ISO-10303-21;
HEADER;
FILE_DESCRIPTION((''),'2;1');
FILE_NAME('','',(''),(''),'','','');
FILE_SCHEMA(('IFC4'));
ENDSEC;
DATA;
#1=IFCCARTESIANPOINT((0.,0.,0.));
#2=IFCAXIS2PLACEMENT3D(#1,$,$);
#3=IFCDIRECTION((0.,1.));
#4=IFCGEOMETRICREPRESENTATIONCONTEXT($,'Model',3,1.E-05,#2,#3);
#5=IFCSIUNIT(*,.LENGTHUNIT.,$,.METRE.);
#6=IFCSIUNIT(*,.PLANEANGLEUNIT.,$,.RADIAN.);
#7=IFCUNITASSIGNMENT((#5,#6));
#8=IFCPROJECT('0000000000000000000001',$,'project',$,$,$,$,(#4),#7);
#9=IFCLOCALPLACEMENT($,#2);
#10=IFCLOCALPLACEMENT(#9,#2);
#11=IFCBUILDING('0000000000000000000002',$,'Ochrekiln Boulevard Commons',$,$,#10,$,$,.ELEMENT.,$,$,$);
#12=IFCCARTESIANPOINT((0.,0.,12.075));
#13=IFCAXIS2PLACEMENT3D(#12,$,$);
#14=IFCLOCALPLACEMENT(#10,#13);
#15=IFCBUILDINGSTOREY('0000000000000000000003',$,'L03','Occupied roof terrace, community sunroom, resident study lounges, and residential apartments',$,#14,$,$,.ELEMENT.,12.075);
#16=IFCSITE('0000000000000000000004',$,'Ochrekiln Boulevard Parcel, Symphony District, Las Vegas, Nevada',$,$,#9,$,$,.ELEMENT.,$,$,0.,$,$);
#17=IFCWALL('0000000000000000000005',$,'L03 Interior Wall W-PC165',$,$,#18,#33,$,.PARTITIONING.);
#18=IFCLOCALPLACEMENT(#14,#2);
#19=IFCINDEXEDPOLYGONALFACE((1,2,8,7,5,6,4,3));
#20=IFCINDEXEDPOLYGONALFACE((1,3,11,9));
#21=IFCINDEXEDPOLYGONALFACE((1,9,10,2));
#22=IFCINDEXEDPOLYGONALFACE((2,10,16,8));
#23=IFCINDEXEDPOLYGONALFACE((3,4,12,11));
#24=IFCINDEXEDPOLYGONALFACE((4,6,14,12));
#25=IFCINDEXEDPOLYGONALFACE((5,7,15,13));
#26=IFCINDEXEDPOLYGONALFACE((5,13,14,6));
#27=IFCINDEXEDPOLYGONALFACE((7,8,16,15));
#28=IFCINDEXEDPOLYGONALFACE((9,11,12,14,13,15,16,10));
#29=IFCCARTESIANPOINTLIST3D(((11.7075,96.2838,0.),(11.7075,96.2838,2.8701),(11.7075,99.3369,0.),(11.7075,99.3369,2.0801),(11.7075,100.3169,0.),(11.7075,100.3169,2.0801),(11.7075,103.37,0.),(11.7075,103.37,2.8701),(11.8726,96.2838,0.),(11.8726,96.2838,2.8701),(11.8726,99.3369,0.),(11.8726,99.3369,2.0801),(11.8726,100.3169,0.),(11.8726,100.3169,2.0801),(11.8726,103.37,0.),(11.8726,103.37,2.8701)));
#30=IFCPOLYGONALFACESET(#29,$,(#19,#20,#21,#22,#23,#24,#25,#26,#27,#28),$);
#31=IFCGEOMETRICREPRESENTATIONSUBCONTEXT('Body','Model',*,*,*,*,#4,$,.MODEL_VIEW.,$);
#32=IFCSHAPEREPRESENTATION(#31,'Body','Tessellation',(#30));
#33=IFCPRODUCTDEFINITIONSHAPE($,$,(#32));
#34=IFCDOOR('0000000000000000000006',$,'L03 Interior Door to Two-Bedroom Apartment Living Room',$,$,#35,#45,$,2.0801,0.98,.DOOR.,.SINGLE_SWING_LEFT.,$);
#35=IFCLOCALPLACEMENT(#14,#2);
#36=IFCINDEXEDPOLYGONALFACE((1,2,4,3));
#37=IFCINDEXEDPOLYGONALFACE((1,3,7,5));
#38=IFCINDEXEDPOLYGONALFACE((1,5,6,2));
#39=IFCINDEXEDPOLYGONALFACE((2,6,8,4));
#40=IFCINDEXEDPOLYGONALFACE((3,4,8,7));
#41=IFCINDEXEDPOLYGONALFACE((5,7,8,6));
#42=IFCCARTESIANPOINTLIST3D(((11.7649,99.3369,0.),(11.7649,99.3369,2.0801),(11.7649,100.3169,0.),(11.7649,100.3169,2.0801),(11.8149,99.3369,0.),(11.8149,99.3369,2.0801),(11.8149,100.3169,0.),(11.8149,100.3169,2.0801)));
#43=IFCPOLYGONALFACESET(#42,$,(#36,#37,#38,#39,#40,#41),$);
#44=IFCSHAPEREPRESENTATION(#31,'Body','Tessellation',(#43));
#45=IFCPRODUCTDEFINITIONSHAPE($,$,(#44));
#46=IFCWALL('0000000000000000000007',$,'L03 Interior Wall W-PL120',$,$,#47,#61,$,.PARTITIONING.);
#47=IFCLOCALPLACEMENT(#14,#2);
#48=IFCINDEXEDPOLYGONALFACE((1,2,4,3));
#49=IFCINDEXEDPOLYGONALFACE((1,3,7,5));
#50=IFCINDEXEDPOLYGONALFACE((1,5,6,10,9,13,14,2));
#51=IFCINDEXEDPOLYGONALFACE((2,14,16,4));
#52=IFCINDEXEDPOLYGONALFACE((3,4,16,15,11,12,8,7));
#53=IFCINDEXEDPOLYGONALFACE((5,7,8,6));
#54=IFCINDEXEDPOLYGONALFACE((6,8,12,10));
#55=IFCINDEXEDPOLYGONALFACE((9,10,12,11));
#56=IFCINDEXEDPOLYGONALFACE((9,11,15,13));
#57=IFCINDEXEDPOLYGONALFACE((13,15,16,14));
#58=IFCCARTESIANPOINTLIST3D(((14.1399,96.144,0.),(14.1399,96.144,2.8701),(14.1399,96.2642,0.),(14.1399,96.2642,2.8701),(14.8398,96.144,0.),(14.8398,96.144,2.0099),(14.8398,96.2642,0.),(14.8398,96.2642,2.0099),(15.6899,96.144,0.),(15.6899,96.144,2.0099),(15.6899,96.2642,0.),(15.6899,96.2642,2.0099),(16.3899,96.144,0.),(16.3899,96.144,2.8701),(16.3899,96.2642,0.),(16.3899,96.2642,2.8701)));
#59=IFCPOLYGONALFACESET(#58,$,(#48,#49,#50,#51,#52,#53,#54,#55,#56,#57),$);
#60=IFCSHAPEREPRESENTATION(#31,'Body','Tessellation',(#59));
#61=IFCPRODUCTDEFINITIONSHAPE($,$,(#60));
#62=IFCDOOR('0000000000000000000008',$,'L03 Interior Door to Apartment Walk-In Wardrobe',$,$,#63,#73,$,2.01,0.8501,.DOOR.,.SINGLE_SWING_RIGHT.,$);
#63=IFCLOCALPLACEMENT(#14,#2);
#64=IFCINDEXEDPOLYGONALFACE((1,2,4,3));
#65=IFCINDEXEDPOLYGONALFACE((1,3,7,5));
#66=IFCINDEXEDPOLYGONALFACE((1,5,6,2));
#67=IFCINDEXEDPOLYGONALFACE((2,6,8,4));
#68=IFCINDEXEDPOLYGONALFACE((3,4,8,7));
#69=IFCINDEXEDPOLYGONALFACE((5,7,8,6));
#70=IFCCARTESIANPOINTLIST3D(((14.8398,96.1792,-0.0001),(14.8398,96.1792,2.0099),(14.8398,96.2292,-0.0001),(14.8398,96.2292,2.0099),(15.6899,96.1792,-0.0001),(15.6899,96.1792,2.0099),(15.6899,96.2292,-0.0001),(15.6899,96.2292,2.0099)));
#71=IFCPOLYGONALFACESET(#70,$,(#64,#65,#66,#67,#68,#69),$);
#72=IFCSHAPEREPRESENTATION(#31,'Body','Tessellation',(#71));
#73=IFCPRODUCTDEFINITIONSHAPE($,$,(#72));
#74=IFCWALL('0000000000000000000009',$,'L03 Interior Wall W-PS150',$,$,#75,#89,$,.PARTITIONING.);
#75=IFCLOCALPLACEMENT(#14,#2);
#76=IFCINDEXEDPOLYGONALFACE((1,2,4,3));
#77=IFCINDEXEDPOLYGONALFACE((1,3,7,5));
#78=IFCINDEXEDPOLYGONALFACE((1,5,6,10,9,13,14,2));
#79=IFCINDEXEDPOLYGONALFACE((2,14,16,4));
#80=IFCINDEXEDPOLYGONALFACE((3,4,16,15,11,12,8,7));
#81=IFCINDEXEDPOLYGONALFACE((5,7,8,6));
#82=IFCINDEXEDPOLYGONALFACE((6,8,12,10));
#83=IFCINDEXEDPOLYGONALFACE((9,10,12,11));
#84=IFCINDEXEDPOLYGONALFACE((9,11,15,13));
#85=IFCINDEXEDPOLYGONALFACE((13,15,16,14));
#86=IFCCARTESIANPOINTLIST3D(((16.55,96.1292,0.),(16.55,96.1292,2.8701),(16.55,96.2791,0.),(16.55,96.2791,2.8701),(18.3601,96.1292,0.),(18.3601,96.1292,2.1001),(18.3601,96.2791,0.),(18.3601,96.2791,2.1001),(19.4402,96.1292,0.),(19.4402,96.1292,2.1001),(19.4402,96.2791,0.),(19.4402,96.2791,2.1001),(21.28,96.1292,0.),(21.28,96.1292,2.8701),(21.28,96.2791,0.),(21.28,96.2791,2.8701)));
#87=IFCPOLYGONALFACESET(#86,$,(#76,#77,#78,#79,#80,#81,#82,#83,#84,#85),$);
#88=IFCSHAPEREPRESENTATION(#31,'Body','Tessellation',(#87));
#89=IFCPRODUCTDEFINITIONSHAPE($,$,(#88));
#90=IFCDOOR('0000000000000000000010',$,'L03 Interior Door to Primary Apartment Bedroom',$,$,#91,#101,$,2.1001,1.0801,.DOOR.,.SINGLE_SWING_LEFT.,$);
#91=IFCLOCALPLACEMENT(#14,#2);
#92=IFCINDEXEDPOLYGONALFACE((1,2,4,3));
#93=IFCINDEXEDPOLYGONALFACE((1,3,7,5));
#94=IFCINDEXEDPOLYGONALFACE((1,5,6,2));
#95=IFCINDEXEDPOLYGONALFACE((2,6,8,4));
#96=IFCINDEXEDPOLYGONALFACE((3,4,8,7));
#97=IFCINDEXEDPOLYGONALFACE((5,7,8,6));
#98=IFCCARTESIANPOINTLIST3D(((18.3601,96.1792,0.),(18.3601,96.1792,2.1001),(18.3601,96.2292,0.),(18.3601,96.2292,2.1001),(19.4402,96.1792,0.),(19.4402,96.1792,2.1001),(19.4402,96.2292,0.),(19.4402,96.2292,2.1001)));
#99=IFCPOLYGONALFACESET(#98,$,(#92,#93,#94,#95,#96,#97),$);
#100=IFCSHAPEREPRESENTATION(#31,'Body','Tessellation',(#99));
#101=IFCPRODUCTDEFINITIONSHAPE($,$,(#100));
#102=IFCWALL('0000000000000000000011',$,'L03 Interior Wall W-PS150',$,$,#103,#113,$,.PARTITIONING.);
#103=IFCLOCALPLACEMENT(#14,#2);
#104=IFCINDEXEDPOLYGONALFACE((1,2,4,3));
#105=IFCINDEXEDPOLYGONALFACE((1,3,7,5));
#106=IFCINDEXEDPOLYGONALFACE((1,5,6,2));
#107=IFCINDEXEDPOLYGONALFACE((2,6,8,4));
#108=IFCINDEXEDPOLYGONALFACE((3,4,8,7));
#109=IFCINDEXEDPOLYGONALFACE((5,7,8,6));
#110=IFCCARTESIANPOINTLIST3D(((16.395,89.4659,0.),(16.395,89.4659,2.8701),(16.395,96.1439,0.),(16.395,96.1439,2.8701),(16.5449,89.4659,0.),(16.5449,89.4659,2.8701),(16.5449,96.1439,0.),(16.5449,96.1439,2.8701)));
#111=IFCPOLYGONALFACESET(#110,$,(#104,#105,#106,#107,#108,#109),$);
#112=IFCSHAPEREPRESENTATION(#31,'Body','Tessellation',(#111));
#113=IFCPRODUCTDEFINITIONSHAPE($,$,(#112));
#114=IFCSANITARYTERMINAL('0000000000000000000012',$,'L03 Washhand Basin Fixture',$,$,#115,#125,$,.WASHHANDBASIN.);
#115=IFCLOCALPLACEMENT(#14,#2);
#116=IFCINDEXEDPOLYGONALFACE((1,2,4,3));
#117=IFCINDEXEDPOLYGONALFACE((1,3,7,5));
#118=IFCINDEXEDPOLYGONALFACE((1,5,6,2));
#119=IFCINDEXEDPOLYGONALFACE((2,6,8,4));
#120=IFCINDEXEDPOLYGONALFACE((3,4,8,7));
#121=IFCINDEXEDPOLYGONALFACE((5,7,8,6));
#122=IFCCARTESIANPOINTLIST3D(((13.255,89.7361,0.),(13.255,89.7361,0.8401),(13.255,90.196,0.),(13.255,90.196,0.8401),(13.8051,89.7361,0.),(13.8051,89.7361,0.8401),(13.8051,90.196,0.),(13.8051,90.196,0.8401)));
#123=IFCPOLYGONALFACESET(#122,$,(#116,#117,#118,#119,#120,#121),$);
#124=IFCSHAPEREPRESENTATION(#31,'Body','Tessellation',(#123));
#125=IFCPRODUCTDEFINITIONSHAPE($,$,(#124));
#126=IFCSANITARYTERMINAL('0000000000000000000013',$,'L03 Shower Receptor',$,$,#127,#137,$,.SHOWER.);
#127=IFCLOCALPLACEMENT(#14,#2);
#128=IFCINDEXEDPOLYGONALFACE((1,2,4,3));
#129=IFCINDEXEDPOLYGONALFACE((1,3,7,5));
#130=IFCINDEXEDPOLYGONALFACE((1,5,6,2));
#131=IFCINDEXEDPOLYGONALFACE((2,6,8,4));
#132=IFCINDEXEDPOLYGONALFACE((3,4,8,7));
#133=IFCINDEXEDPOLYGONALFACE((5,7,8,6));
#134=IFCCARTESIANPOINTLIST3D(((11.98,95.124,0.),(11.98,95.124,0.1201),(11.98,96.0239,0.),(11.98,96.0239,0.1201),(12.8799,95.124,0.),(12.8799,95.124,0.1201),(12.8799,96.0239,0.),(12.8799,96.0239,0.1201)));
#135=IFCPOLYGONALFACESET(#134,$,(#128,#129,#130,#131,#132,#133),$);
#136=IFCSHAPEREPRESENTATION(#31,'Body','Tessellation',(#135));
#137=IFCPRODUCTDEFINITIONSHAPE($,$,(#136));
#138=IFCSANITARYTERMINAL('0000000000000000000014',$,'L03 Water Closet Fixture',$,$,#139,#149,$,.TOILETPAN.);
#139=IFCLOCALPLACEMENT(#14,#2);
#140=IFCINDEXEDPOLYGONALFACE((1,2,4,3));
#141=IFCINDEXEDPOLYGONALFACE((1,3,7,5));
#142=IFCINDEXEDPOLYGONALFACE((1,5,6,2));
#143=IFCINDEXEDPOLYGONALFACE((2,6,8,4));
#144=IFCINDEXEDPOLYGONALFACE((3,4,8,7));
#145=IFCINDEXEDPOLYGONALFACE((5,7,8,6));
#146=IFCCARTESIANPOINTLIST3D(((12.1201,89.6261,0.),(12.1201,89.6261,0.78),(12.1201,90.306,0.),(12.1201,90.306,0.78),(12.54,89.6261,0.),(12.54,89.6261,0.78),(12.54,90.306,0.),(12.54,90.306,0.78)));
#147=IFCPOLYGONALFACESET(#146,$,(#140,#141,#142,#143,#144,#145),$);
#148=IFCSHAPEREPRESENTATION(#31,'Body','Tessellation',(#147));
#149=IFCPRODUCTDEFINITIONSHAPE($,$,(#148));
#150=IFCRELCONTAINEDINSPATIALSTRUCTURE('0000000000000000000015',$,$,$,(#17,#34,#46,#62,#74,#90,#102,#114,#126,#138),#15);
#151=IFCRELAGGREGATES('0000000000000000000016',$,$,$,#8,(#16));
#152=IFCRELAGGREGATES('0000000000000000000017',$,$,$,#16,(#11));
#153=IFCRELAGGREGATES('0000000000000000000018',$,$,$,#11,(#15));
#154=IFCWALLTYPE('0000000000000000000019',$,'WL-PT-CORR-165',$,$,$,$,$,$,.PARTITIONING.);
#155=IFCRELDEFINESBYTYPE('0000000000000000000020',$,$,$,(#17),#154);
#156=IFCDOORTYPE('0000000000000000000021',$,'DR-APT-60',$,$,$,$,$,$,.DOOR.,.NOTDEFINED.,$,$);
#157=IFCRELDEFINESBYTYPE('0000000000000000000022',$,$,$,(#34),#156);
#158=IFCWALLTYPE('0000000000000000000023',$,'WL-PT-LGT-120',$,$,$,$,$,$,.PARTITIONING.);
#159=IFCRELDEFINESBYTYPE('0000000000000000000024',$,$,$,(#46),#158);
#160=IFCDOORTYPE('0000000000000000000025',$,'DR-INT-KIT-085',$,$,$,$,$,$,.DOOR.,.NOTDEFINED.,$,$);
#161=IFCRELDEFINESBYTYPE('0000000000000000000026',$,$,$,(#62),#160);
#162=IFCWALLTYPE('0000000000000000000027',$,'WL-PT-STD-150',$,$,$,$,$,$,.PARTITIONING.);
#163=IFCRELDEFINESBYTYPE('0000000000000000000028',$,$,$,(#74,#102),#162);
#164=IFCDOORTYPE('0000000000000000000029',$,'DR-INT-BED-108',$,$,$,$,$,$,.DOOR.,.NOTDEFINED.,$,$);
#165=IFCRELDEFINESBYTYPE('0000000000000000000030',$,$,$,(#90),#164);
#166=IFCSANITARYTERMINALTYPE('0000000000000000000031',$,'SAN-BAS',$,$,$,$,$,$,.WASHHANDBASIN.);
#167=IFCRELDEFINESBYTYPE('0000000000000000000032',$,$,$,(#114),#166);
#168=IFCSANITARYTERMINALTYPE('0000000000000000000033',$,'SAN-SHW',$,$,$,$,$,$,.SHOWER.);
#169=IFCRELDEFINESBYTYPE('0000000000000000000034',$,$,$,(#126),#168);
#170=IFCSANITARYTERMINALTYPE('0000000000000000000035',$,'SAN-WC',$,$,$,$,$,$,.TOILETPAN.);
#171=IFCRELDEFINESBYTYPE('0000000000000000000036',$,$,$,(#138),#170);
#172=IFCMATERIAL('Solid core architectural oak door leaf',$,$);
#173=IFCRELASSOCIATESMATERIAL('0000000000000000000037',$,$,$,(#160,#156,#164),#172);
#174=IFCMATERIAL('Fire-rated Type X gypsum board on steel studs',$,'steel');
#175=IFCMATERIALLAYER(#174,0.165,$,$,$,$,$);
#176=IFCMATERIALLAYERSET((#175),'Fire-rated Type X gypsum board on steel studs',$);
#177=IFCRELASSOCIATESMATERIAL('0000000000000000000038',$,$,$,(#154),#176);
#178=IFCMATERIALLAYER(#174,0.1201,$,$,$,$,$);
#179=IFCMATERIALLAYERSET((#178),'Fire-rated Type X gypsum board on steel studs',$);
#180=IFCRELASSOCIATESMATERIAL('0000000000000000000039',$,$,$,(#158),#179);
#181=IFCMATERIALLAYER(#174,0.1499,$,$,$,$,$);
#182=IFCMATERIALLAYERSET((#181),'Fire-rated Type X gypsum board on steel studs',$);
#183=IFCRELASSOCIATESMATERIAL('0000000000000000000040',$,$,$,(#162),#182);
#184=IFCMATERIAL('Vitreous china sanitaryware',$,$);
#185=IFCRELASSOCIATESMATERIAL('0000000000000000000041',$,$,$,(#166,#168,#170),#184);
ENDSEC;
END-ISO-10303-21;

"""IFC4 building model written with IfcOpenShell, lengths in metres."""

from ifc_helpers import new_model, si_unit, direction, frame, frame_2d, origin, origin_2d, place, context, subcontext, project, spatial, rectangle, extrude, material, layer, layer_set, type_object, element, fill, save


model = new_model("IFC4")

# Units and contexts
model_context = context("Model", 3, precision=1e-05, world=origin(), true_north=direction((0.0, 1.0)))
body_context = subcontext(model_context, "Body", "Model", "MODEL_VIEW")
ifc_project = project(units=[si_unit("LENGTHUNIT", "METRE"), si_unit("PLANEANGLEUNIT", "RADIAN")], contexts=[model_context])

# Site, building, storey
site_placement = place(None, origin())
site = spatial("IfcSite", under=ifc_project, at=site_placement, Name="Ochrekiln Boulevard Parcel, Symphony District, Las Vegas, Nevada", CompositionType="ELEMENT", RefElevation=0.0)
building_placement = place(site_placement, origin())
building = spatial("IfcBuilding", under=site, at=building_placement, Name="Ochrekiln Boulevard Commons", CompositionType="ELEMENT")
storey_placement = place(building_placement, frame((0.0, 0.0, 12.075)))
storey = spatial("IfcBuildingStorey", under=building, at=storey_placement, Name="L03", Description="Occupied roof terrace, community sunroom, resident study lounges, and residential apartments", CompositionType="ELEMENT", Elevation=12.075)

# Walls, openings, doors
ifc_material_1 = material(Name="Solid core architectural oak door leaf")
door_type_1 = type_object("IfcDoorType", Name="DR-INT-KIT-085", OperationType="NOTDEFINED", PredefinedType="DOOR", material=ifc_material_1)
ifc_material_2 = material(Name="Fire-rated Type X gypsum board on steel studs", Category="steel")
ifc_layer_1 = layer(ifc_material_2, 0.165)
ifc_layer_set_1 = layer_set([ifc_layer_1], Name="Fire-rated Type X gypsum board on steel studs")
wall_type_1 = type_object("IfcWallType", Name="WL-PT-CORR-165", PredefinedType="PARTITIONING", material=ifc_layer_set_1)
wall_1_placement = place(storey_placement, frame((11.79, 96.2839, 0.0), z_axis=(0.0, 0.0, 1.0), x_axis=(0.0, 1.0, 0.0)))
wall_1 = element("IfcWall", 1, at=wall_1_placement, inside=storey, type_object=wall_type_1, Name="L03 Interior Wall W-PC165", PredefinedType="PARTITIONING", context=body_context, shape_type="SweptSolid", body=[
    extrude(rectangle(XDim=7.0862, YDim=0.165, at=frame_2d((3.543, 0.0))), origin(), (0.0, 0.0, 1.0), 2.8701),
])
opening_1_placement = place(wall_1_placement, frame((3.053, 0.0, 0.0)))
opening_1 = element("IfcOpeningElement", 2, at=opening_1_placement, cuts=wall_1, PredefinedType="OPENING", context=body_context, shape_type="SweptSolid", body=[
    extrude(rectangle(XDim=0.98, YDim=2.0801, at=frame_2d((0.49, 1.04))), frame((0.0, 0.0925, 0.0), z_axis=(0.0, -1.0, 0.0), x_axis=(1.0, 0.0, 0.0)), (0.0, 0.0, 1.0), 0.1851),
])
door_type_2 = type_object("IfcDoorType", Name="DR-APT-60", OperationType="NOTDEFINED", PredefinedType="DOOR", material=ifc_material_1)
door_1_placement = place(opening_1_placement, frame((0.98, 0.0, 0.0), z_axis=(0.0, 0.0, 1.0), x_axis=(-1.0, 0.0, 0.0)))
door_1 = element("IfcDoor", 3, at=door_1_placement, inside=storey, type_object=door_type_2, Name="L03 Interior Door to Two-Bedroom Apartment Living Room", OperationType="SINGLE_SWING_LEFT", OverallHeight=2.0801, OverallWidth=0.98, PredefinedType="DOOR", context=body_context, shape_type="SweptSolid", body=[
    extrude(rectangle(XDim=0.98, YDim=2.0801, at=frame_2d((0.49, 1.04))), frame((0.0, 0.0249, 0.0), z_axis=(0.0, -1.0, 0.0), x_axis=(1.0, 0.0, 0.0)), (0.0, 0.0, 1.0), 0.05),
])
fill(opening_1, door_1)
ifc_layer_2 = layer(ifc_material_2, 0.1201)
ifc_layer_set_2 = layer_set([ifc_layer_2], Name="Fire-rated Type X gypsum board on steel studs")
wall_type_2 = type_object("IfcWallType", Name="WL-PT-LGT-120", PredefinedType="PARTITIONING", material=ifc_layer_set_2)
wall_2_placement = place(storey_placement, frame((14.1399, 96.2041, 0.0), z_axis=(0.0, 0.0, 1.0), x_axis=(1.0, 0.0, 0.0)))
wall_2 = element("IfcWall", 4, at=wall_2_placement, inside=storey, type_object=wall_type_2, Name="L03 Interior Wall W-PL120", PredefinedType="PARTITIONING", context=body_context, shape_type="SweptSolid", body=[
    extrude(rectangle(XDim=2.25, YDim=0.1201, at=frame_2d((1.125, 0.0))), origin(), (0.0, 0.0, 1.0), 2.8701),
])
opening_2_placement = place(wall_2_placement, frame((0.7, 0.0, 0.0)))
opening_2 = element("IfcOpeningElement", 5, at=opening_2_placement, cuts=wall_2, PredefinedType="OPENING", context=body_context, shape_type="SweptSolid", body=[
    extrude(rectangle(XDim=0.8501, YDim=2.01, at=frame_2d((0.425, 1.0049))), frame((0.0, 0.0701, 0.0), z_axis=(0.0, -1.0, 0.0), x_axis=(1.0, 0.0, 0.0)), (0.0, 0.0, 1.0), 0.1401),
])
door_2_placement = place(opening_2_placement, frame((0.8501, 0.0, 0.0), z_axis=(0.0, 0.0, 1.0), x_axis=(-1.0, 0.0, 0.0)))
door_2 = element("IfcDoor", 6, at=door_2_placement, inside=storey, type_object=door_type_1, Name="L03 Interior Door to Apartment Walk-In Wardrobe", OperationType="SINGLE_SWING_RIGHT", OverallHeight=2.01, OverallWidth=0.8501, PredefinedType="DOOR", context=body_context, shape_type="SweptSolid", body=[
    extrude(rectangle(XDim=0.8501, YDim=2.01, at=frame_2d((0.425, 1.0049))), frame((0.0, 0.0249, 0.0), z_axis=(0.0, -1.0, 0.0), x_axis=(1.0, 0.0, 0.0)), (0.0, 0.0, 1.0), 0.05),
])
fill(opening_2, door_2)
ifc_layer_3 = layer(ifc_material_2, 0.1499)
ifc_layer_set_3 = layer_set([ifc_layer_3], Name="Fire-rated Type X gypsum board on steel studs")
wall_type_3 = type_object("IfcWallType", Name="WL-PT-STD-150", PredefinedType="PARTITIONING", material=ifc_layer_set_3)
wall_3_placement = place(storey_placement, frame((16.55, 96.2041, 0.0), z_axis=(0.0, 0.0, 1.0), x_axis=(1.0, 0.0, 0.0)))
wall_3 = element("IfcWall", 7, at=wall_3_placement, inside=storey, type_object=wall_type_3, Name="L03 Interior Wall W-PS150", PredefinedType="PARTITIONING", context=body_context, shape_type="SweptSolid", body=[
    extrude(rectangle(XDim=4.73, YDim=0.1499, at=frame_2d((2.365, 0.0))), origin(), (0.0, 0.0, 1.0), 2.8701),
])
opening_3_placement = place(wall_3_placement, frame((1.8101, 0.0, 0.0)))
opening_3 = element("IfcOpeningElement", 8, at=opening_3_placement, cuts=wall_3, PredefinedType="OPENING", context=body_context, shape_type="SweptSolid", body=[
    extrude(rectangle(XDim=1.0801, YDim=2.1001, at=frame_2d((0.54, 1.05))), frame((0.0, 0.085, 0.0), z_axis=(0.0, -1.0, 0.0), x_axis=(1.0, 0.0, 0.0)), (0.0, 0.0, 1.0), 0.1699),
])
door_type_3 = type_object("IfcDoorType", Name="DR-INT-BED-108", OperationType="NOTDEFINED", PredefinedType="DOOR", material=ifc_material_1)
door_3_placement = place(opening_3_placement, frame((1.0801, 0.0, 0.0), z_axis=(0.0, 0.0, 1.0), x_axis=(-1.0, 0.0, 0.0)))
door_3 = element("IfcDoor", 9, at=door_3_placement, inside=storey, type_object=door_type_3, Name="L03 Interior Door to Primary Apartment Bedroom", OperationType="SINGLE_SWING_LEFT", OverallHeight=2.1001, OverallWidth=1.0801, PredefinedType="DOOR", context=body_context, shape_type="SweptSolid", body=[
    extrude(rectangle(XDim=1.0801, YDim=2.1001, at=frame_2d((0.54, 1.05))), frame((0.0, 0.0249, 0.0), z_axis=(0.0, -1.0, 0.0), x_axis=(1.0, 0.0, 0.0)), (0.0, 0.0, 1.0), 0.05),
])
fill(opening_3, door_3)

# Wall
wall_4_placement = place(storey_placement, frame((16.47, 89.4661, 0.0), z_axis=(0.0, 0.0, 1.0), x_axis=(0.0, 1.0, 0.0)))
element("IfcWall", 10, at=wall_4_placement, inside=storey, type_object=wall_type_3, Name="L03 Interior Wall W-PS150", PredefinedType="PARTITIONING", context=body_context, shape_type="SweptSolid", body=[
    extrude(rectangle(XDim=6.678, YDim=0.1499, at=frame_2d((3.3389, 0.0))), origin(), (0.0, 0.0, 1.0), 2.8701),
])

# Sanitary terminals
ifc_material_3 = material(Name="Vitreous china sanitaryware")
sanitary_terminal_type_1 = type_object("IfcSanitaryTerminalType", Name="SAN-BAS", PredefinedType="WASHHANDBASIN", material=ifc_material_3)
sanitary_terminal_1_placement = place(storey_placement, frame((13.53, 89.9661, 0.0), z_axis=(0.0, 0.0, 1.0), x_axis=(1.0, 0.0, 0.0)))
element("IfcSanitaryTerminal", 11, at=sanitary_terminal_1_placement, inside=storey, type_object=sanitary_terminal_type_1, Name="L03 Washhand Basin Fixture", PredefinedType="WASHHANDBASIN", context=body_context, shape_type="SweptSolid", body=[
    extrude(rectangle(XDim=0.55, YDim=0.46, at=origin_2d()), origin(), (0.0, 0.0, 1.0), 0.8401),
])
sanitary_terminal_type_2 = type_object("IfcSanitaryTerminalType", Name="SAN-SHW", PredefinedType="SHOWER", material=ifc_material_3)
sanitary_terminal_2_placement = place(storey_placement, frame((12.4299, 95.574, 0.0), z_axis=(0.0, 0.0, 1.0), x_axis=(1.0, 0.0, 0.0)))
element("IfcSanitaryTerminal", 12, at=sanitary_terminal_2_placement, inside=storey, type_object=sanitary_terminal_type_2, Name="L03 Shower Receptor", PredefinedType="SHOWER", context=body_context, shape_type="SweptSolid", body=[
    extrude(rectangle(XDim=0.8999, YDim=0.8999, at=origin_2d()), origin(), (0.0, 0.0, 1.0), 0.1201),
])
sanitary_terminal_type_3 = type_object("IfcSanitaryTerminalType", Name="SAN-WC", PredefinedType="TOILETPAN", material=ifc_material_3)
sanitary_terminal_3_placement = place(storey_placement, frame((12.3301, 89.9661, 0.0), z_axis=(0.0, 0.0, 1.0), x_axis=(1.0, 0.0, 0.0)))
element("IfcSanitaryTerminal", 13, at=sanitary_terminal_3_placement, inside=storey, type_object=sanitary_terminal_type_3, Name="L03 Water Closet Fixture", PredefinedType="TOILETPAN", context=body_context, shape_type="SweptSolid", body=[
    extrude(rectangle(XDim=0.4199, YDim=0.6799, at=origin_2d()), origin(), (0.0, 0.0, 1.0), 0.78),
])

save(model, "model.ifc")
